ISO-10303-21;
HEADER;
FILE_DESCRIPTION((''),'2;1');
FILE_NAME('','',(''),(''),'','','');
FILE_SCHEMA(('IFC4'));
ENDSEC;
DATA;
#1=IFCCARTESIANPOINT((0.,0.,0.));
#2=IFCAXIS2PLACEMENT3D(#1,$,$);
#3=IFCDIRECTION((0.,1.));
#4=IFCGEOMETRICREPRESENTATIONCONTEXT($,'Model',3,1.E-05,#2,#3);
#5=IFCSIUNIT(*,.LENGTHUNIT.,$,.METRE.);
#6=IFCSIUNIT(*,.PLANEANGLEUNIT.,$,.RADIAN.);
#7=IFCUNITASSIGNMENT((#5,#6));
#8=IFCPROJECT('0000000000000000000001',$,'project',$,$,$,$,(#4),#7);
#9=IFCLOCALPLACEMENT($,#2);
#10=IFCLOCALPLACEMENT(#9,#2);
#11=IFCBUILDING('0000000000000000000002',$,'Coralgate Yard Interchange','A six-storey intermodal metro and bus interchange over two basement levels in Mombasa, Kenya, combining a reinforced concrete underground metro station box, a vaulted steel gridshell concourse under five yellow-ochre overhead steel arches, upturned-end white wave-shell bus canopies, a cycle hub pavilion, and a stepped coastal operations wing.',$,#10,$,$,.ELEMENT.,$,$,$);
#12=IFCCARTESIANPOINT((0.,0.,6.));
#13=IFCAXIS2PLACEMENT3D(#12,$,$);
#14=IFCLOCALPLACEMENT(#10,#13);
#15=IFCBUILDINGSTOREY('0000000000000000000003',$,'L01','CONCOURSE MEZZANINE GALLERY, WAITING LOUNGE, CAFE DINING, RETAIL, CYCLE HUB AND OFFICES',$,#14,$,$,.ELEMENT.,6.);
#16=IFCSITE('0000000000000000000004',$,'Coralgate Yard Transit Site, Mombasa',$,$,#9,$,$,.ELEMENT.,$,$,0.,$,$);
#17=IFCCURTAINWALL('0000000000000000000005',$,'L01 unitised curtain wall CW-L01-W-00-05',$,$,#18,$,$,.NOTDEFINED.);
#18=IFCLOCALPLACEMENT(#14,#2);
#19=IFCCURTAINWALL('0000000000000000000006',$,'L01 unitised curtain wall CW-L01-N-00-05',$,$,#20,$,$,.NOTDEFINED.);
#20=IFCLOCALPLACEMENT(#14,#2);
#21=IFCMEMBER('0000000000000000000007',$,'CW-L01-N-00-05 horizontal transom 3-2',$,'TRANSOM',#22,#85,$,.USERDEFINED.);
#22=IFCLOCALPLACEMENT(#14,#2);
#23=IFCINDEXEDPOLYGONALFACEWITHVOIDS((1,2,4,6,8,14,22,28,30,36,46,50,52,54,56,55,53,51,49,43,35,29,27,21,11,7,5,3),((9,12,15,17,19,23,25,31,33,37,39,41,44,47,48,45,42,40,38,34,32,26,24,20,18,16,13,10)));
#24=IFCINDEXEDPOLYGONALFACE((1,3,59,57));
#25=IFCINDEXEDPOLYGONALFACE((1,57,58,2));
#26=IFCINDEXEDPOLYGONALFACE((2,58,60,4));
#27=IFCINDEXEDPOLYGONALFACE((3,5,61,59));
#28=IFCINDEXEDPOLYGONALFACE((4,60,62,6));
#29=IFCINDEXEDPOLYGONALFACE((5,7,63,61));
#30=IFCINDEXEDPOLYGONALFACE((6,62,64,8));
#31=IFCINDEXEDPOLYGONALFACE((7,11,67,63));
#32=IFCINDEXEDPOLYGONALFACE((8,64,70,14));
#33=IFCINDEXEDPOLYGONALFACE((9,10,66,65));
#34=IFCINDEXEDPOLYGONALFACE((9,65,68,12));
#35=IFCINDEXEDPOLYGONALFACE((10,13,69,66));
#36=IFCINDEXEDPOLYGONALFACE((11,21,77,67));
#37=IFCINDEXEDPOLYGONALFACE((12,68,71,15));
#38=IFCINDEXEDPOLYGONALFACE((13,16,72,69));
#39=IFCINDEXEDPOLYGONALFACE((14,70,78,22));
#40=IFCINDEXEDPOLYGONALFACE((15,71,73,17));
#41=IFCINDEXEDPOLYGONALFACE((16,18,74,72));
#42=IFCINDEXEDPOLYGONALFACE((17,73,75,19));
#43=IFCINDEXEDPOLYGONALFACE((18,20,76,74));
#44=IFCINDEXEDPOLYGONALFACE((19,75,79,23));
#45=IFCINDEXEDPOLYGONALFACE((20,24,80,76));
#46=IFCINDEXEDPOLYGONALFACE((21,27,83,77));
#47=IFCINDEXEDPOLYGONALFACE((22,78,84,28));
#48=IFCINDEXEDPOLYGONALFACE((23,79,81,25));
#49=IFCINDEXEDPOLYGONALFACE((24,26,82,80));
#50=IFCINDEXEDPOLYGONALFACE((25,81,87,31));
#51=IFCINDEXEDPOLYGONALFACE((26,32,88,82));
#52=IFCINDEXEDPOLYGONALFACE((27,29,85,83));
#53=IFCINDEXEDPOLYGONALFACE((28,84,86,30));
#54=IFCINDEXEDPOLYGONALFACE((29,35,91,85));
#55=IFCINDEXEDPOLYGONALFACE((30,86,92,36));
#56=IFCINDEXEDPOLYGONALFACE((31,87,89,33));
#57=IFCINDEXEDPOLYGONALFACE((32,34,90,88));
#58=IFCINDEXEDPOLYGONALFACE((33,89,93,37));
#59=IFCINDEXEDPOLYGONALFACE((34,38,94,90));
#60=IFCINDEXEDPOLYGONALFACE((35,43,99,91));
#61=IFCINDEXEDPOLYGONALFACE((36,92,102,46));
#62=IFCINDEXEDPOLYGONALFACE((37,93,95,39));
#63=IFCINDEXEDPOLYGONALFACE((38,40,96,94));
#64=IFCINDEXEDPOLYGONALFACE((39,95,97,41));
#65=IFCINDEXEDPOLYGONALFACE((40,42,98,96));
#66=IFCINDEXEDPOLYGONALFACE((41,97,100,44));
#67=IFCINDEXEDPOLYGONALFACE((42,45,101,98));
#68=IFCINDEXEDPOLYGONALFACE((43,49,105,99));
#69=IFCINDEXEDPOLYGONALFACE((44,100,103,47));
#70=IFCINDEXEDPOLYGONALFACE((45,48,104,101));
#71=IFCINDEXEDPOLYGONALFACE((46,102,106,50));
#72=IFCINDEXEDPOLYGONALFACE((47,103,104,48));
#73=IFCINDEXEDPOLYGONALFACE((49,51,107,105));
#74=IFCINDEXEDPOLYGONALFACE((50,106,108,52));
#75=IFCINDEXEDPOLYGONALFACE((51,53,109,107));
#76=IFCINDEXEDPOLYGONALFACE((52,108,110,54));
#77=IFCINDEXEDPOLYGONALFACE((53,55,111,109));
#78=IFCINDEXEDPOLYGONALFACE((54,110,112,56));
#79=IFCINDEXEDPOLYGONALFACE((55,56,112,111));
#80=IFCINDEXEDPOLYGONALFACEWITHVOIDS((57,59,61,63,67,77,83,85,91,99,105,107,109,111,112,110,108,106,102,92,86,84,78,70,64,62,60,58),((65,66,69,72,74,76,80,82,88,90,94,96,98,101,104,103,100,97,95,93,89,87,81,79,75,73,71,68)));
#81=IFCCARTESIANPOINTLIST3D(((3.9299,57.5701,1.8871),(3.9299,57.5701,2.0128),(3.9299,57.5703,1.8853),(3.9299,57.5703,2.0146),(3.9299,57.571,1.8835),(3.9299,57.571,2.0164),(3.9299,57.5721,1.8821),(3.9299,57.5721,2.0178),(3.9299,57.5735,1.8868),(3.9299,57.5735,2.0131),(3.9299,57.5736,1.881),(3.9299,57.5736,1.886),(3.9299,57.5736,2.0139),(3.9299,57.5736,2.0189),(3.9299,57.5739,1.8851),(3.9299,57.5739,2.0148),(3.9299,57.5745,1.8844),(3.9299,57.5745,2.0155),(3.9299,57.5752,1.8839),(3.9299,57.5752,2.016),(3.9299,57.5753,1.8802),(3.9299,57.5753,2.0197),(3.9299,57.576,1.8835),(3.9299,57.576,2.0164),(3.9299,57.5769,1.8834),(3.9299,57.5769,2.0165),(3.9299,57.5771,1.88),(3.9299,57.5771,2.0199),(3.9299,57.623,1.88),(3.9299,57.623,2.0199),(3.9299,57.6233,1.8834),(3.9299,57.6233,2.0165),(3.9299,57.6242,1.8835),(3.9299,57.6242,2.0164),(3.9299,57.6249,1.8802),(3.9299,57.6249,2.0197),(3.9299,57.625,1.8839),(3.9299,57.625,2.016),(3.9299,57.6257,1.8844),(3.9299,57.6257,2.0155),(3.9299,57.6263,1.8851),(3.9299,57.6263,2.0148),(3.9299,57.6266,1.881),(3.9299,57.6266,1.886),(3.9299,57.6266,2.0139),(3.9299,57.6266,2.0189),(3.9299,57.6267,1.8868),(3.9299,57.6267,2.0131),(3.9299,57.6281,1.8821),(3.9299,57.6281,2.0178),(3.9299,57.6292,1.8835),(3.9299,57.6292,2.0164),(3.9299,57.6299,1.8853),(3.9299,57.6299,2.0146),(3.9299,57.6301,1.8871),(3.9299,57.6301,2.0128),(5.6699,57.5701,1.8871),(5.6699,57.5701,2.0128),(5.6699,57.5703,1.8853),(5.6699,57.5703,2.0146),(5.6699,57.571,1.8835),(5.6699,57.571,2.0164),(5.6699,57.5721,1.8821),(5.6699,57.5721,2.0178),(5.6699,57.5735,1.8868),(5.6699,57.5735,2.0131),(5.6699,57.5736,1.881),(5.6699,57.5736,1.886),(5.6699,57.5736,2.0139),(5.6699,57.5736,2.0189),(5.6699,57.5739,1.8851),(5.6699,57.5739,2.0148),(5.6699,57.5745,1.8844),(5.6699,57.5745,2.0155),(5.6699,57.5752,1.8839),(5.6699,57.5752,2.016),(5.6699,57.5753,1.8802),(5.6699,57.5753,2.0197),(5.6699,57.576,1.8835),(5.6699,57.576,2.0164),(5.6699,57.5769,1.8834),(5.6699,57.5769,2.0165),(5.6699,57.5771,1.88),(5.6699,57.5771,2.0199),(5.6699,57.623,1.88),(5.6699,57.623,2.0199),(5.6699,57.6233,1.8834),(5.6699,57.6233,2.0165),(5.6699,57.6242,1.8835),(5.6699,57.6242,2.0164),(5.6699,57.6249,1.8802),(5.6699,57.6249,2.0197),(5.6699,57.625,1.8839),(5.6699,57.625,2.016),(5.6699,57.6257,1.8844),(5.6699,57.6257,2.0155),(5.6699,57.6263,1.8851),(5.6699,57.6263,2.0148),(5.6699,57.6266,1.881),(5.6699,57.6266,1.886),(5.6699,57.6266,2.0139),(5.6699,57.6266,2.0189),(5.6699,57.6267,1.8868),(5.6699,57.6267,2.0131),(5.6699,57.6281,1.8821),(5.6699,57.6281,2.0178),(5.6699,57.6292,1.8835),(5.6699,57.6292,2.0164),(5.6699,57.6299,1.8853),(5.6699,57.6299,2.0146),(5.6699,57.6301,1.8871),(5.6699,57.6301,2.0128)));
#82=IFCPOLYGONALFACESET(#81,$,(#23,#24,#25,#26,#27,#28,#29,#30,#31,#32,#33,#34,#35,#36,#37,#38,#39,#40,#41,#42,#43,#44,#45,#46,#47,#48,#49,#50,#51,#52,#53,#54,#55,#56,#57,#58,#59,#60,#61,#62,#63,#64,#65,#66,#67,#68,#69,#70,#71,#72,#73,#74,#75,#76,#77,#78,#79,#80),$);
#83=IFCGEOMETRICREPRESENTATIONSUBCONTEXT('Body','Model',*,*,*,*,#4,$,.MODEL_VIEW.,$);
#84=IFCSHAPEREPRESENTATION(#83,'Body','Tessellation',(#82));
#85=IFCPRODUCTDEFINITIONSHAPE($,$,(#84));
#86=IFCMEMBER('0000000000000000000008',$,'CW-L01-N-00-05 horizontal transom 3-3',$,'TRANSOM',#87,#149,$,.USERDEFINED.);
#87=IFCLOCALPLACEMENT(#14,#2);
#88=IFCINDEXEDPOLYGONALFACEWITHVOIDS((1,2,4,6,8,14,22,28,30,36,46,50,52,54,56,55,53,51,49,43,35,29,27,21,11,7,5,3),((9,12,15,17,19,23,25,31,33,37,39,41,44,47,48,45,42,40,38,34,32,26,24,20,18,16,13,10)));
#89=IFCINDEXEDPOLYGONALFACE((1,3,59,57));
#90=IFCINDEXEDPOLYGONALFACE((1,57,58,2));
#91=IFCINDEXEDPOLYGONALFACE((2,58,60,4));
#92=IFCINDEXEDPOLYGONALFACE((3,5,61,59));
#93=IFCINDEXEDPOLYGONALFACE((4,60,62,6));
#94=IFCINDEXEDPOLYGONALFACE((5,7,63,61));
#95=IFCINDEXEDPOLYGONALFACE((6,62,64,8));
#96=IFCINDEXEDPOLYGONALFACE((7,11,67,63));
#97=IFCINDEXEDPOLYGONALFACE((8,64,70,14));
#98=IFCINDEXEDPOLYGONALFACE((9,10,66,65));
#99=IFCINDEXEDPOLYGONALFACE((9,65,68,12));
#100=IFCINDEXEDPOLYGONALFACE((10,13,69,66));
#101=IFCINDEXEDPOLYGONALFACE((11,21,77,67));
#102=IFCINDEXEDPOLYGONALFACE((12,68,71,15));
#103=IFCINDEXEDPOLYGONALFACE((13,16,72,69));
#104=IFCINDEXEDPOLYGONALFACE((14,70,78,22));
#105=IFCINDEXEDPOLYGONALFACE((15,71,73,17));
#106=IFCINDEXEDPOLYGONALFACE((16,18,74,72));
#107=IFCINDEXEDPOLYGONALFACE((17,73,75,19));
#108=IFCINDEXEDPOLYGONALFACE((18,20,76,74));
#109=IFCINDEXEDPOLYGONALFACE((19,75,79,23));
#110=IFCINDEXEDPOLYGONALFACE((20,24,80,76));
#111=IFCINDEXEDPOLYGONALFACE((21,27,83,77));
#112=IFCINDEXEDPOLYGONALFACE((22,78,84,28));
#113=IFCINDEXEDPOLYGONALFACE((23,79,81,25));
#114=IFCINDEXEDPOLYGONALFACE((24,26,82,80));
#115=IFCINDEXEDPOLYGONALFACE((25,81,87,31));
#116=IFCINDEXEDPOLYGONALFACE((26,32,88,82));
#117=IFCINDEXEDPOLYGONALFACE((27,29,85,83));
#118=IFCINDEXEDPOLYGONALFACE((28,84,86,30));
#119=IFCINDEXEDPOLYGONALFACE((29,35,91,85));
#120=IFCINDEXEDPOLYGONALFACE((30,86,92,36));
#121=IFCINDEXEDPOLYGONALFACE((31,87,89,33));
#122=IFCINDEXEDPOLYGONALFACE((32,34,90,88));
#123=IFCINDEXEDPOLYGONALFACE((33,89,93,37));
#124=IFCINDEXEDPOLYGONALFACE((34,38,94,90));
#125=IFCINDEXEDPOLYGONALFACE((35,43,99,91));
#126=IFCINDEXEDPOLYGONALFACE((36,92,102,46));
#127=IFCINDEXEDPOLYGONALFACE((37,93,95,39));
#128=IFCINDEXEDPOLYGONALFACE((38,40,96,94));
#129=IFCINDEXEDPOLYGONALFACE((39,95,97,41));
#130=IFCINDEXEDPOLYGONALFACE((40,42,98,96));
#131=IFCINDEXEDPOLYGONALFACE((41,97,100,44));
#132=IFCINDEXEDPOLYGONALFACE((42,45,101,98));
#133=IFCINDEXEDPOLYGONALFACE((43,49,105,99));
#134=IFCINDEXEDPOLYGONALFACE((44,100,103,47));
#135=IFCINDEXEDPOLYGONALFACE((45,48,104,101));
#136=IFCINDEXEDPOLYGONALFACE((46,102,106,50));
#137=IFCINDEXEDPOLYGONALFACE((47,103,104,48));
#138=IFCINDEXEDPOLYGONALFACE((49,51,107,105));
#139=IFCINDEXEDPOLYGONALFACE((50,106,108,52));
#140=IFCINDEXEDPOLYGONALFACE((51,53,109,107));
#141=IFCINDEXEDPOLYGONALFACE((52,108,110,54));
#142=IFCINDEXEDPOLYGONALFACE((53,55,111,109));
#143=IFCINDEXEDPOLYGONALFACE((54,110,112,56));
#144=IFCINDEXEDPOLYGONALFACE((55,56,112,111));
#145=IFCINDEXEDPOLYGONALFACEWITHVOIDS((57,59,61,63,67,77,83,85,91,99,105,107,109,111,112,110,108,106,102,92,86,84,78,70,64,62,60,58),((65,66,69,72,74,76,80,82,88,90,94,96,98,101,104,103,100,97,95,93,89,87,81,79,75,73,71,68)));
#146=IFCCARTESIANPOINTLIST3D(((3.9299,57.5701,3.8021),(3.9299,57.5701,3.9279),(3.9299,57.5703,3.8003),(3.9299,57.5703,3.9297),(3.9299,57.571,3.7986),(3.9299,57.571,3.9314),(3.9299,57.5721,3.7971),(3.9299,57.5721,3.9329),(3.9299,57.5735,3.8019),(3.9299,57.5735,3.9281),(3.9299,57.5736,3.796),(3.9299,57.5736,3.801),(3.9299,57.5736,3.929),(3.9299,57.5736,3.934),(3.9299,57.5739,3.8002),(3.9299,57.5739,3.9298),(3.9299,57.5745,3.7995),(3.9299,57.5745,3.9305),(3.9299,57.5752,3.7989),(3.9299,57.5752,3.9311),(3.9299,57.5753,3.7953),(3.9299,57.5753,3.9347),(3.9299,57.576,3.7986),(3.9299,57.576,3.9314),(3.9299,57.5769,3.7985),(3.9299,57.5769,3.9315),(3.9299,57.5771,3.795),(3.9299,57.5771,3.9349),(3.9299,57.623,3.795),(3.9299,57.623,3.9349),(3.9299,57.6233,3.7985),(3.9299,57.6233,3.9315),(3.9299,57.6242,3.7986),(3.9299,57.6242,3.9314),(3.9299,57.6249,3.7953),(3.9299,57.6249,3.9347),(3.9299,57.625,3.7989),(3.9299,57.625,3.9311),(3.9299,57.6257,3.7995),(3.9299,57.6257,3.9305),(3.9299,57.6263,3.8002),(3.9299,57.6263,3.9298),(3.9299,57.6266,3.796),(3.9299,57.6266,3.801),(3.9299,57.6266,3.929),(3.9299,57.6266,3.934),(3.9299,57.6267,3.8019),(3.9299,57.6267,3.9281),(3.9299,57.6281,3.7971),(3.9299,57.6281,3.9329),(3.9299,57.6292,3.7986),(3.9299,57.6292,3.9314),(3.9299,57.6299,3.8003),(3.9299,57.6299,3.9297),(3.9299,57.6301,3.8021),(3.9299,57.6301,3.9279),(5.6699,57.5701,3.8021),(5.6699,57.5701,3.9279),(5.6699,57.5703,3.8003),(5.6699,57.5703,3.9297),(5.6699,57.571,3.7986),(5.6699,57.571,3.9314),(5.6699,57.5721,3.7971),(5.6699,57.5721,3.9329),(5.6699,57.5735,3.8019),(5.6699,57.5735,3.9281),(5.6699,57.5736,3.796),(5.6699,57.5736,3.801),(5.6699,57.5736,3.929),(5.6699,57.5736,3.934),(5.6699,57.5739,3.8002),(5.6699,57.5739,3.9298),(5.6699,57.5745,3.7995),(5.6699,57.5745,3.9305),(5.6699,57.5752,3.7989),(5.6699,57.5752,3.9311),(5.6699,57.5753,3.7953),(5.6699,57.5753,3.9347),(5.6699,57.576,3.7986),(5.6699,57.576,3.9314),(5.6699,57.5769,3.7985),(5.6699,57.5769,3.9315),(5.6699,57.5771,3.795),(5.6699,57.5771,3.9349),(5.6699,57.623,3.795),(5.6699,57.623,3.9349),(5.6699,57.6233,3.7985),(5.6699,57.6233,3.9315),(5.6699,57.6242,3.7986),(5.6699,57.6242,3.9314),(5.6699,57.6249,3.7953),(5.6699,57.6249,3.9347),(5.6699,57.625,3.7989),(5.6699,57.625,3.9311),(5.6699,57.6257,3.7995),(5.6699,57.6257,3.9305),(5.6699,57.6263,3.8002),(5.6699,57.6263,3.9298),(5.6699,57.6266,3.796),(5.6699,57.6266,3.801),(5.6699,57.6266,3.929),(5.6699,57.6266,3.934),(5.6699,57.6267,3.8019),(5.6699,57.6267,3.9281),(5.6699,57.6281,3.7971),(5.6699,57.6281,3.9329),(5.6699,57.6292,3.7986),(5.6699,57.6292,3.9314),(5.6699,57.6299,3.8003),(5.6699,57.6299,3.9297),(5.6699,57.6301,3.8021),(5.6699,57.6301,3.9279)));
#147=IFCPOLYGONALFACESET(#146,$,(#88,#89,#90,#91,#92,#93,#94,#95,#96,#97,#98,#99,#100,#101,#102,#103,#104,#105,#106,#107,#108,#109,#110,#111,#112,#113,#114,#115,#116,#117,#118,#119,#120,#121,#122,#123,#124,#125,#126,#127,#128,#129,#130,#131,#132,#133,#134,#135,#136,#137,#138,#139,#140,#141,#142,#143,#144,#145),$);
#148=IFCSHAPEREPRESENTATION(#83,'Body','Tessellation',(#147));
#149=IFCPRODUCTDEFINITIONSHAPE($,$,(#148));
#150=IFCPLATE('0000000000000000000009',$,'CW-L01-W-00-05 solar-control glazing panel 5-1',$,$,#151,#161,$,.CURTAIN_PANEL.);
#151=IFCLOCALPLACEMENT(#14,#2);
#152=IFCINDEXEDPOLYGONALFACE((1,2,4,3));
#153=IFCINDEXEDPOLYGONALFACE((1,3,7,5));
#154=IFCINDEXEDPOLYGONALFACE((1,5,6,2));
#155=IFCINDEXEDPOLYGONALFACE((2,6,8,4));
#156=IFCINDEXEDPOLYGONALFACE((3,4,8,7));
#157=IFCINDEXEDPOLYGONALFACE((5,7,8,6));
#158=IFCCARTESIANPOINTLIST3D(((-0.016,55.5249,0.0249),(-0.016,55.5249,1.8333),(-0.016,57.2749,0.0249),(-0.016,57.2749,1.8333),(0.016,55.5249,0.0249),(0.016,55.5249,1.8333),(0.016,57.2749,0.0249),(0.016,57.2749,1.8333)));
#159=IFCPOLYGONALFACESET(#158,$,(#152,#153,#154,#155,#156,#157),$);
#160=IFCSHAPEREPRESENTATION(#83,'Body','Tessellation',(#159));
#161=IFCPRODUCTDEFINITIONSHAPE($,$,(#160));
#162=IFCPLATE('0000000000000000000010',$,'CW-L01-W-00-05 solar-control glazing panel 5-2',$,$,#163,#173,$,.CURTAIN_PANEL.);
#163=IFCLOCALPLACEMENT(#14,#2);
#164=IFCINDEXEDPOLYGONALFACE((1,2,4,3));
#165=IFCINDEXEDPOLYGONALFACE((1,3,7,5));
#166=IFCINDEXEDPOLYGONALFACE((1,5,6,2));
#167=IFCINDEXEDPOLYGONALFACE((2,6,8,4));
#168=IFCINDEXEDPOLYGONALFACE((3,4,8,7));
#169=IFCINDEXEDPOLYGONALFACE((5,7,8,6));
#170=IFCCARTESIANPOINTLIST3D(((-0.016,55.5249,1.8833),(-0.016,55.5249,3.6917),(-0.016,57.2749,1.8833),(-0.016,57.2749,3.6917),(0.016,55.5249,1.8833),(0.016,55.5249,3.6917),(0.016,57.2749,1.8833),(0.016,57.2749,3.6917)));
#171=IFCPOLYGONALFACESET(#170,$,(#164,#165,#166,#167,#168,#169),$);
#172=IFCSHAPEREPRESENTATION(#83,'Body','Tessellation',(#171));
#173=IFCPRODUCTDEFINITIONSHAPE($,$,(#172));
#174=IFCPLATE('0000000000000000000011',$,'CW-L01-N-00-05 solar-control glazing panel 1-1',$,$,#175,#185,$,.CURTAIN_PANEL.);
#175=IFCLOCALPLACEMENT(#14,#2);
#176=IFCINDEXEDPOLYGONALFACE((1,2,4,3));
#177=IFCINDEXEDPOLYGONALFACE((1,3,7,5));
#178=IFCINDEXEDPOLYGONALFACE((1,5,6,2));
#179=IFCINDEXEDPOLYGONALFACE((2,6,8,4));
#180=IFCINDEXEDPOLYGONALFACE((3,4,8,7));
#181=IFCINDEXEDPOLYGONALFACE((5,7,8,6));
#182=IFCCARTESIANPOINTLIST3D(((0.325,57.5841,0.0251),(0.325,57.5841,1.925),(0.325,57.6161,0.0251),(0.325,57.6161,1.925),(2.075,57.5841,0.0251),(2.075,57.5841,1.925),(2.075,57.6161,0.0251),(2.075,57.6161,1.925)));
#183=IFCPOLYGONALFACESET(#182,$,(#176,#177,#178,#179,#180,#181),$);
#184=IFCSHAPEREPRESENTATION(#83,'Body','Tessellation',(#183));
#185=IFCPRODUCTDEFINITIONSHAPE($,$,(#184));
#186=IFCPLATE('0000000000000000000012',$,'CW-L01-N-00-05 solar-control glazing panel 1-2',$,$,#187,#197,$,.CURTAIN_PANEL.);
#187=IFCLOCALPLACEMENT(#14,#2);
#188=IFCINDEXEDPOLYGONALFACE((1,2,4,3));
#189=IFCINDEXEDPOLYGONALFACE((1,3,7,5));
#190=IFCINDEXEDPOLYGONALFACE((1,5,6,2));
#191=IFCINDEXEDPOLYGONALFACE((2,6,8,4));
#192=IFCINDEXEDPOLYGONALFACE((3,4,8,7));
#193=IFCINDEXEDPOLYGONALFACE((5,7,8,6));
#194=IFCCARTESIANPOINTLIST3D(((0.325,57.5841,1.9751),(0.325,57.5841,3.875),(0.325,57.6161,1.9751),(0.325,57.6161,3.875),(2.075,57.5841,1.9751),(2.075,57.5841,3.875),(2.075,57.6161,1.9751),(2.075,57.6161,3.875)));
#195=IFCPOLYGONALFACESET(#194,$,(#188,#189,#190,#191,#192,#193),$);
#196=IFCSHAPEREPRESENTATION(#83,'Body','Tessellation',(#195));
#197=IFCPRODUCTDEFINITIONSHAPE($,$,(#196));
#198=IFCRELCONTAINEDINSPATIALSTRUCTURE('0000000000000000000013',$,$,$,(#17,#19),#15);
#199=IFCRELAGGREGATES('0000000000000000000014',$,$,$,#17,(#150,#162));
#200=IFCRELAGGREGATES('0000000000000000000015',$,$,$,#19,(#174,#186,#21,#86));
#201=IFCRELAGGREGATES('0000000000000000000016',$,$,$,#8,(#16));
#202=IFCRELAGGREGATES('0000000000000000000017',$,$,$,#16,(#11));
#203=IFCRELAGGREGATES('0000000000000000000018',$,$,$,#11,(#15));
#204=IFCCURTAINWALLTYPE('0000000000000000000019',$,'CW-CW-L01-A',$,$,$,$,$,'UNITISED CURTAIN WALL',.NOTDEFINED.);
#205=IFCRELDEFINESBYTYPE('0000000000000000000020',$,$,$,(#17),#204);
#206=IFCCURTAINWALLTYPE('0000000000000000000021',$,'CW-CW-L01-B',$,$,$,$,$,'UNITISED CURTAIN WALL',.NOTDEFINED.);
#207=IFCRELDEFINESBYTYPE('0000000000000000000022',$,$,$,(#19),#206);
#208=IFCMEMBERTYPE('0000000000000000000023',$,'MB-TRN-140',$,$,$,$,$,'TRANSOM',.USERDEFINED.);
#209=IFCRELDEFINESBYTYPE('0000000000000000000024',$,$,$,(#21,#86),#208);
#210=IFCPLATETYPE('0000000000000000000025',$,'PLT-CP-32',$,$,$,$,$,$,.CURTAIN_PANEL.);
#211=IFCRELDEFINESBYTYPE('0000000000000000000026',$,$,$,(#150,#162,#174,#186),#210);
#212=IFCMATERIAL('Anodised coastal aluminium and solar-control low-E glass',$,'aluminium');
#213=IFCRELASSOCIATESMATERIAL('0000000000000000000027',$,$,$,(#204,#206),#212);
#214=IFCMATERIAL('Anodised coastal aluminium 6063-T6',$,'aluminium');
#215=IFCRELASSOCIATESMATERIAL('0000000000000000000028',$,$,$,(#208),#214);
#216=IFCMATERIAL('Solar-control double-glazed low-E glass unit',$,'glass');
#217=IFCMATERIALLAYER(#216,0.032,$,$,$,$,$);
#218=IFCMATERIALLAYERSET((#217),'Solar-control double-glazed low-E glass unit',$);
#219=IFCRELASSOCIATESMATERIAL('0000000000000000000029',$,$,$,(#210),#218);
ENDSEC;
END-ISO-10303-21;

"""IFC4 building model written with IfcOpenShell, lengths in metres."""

from ifc_helpers import new_model, si_unit, direction, frame, origin, origin_2d, place, context, subcontext, project, spatial, rectangle, hollow_rectangle, extrude, material, layer, layer_set, material_profile, profile_set, type_object, element, aggregate, save


model = new_model("IFC4")

# Units and contexts
model_context = context("Model", 3, precision=1e-05, world=origin(), true_north=direction((0.0, 1.0)))
body_context = subcontext(model_context, "Body", "Model", "MODEL_VIEW")
ifc_project = project(units=[si_unit("LENGTHUNIT", "METRE"), si_unit("PLANEANGLEUNIT", "RADIAN")], contexts=[model_context])

# Site, building, storey
site_placement = place(None, origin())
site = spatial("IfcSite", under=ifc_project, at=site_placement, Name="Coralgate Yard Transit Site, Mombasa", CompositionType="ELEMENT", RefElevation=0.0)
building_placement = place(site_placement, origin())
building = spatial("IfcBuilding", under=site, at=building_placement, Name="Coralgate Yard Interchange", Description="A six-storey intermodal metro and bus interchange over two basement levels in Mombasa, Kenya, combining a reinforced concrete underground metro station box, a vaulted steel gridshell concourse under five yellow-ochre overhead steel arches, upturned-end white wave-shell bus canopies, a cycle hub pavilion, and a stepped coastal operations wing.", CompositionType="ELEMENT")
storey_placement = place(building_placement, frame((0.0, 0.0, 6.0)))
storey = spatial("IfcBuildingStorey", under=building, at=storey_placement, Name="L01", Description="CONCOURSE MEZZANINE GALLERY, WAITING LOUNGE, CAFE DINING, RETAIL, CYCLE HUB AND OFFICES", CompositionType="ELEMENT", Elevation=6.0)

# Curtain walls
ifc_material_1 = material(Name="Anodised coastal aluminium and solar-control low-E glass", Category="aluminium")
curtain_wall_type_1 = type_object("IfcCurtainWallType", Name="CW-CW-L01-A", ElementType="UNITISED CURTAIN WALL", PredefinedType="NOTDEFINED", material=ifc_material_1)
curtain_wall_1_placement = place(storey_placement, origin())
curtain_wall_1 = element("IfcCurtainWall", 1, at=curtain_wall_1_placement, inside=storey, type_object=curtain_wall_type_1, Name="L01 unitised curtain wall CW-L01-W-00-05", PredefinedType="NOTDEFINED")
ifc_material_2 = material(Name="Anodised coastal aluminium 6063-T6", Category="aluminium")
curtain_wall_type_2 = type_object("IfcCurtainWallType", Name="CW-CW-L01-B", ElementType="UNITISED CURTAIN WALL", PredefinedType="NOTDEFINED", material=ifc_material_1)
curtain_wall_2_placement = place(storey_placement, origin())
curtain_wall_2 = element("IfcCurtainWall", 2, at=curtain_wall_2_placement, inside=storey, type_object=curtain_wall_type_2, Name="L01 unitised curtain wall CW-L01-N-00-05", PredefinedType="NOTDEFINED")

# Members
ifc_material_profile_1 = material_profile(ifc_material_2, hollow_rectangle(XDim=0.0601, YDim=0.1399, WallThickness=0.0034, InnerFilletRadius=0.0034, OuterFilletRadius=0.0071, at=origin_2d()), Name="ALU 60x140x3.5")
ifc_profile_set_1 = profile_set([ifc_material_profile_1], Name="Anodised coastal aluminium 6063-T6")
member_type_1 = type_object("IfcMemberType", Name="MB-TRN-140", ElementType="TRANSOM", PredefinedType="USERDEFINED", material=ifc_profile_set_1)
member_1_placement = place(storey_placement, frame((3.9299, 57.6001, 1.95), z_axis=(1.0, 0.0, 0.0), x_axis=(0.0, 1.0, 0.0)))
member_1 = element("IfcMember", 3, at=member_1_placement, type_object=member_type_1, Name="CW-L01-N-00-05 horizontal transom 3-2", ObjectType="TRANSOM", PredefinedType="USERDEFINED", context=body_context, shape_type="SweptSolid", body=[
    extrude(hollow_rectangle(XDim=0.0601, YDim=0.1399, WallThickness=0.0034, InnerFilletRadius=0.0034, OuterFilletRadius=0.0071, at=origin_2d()), origin(), (0.0, 0.0, 1.0), 1.74),
])
member_2_placement = place(storey_placement, frame((3.9299, 57.6001, 3.865), z_axis=(1.0, 0.0, 0.0), x_axis=(0.0, 1.0, 0.0)))
member_2 = element("IfcMember", 4, at=member_2_placement, type_object=member_type_1, Name="CW-L01-N-00-05 horizontal transom 3-3", ObjectType="TRANSOM", PredefinedType="USERDEFINED", context=body_context, shape_type="SweptSolid", body=[
    extrude(hollow_rectangle(XDim=0.0601, YDim=0.1399, WallThickness=0.0034, InnerFilletRadius=0.0034, OuterFilletRadius=0.0071, at=origin_2d()), origin(), (0.0, 0.0, 1.0), 1.74),
])

# Plates
ifc_material_3 = material(Name="Solar-control double-glazed low-E glass unit", Category="glass")
ifc_layer_1 = layer(ifc_material_3, 0.032)
ifc_layer_set_1 = layer_set([ifc_layer_1], Name="Solar-control double-glazed low-E glass unit")
plate_type = type_object("IfcPlateType", Name="PLT-CP-32", PredefinedType="CURTAIN_PANEL", material=ifc_layer_set_1)
plate_1_placement = place(storey_placement, frame((0.0, 56.3999, 0.0249), z_axis=(0.0, 0.0, 1.0), x_axis=(0.0, 1.0, 0.0)))
plate_1 = element("IfcPlate", 5, at=plate_1_placement, type_object=plate_type, Name="CW-L01-W-00-05 solar-control glazing panel 5-1", PredefinedType="CURTAIN_PANEL", context=body_context, shape_type="SweptSolid", body=[
    extrude(rectangle(XDim=1.75, YDim=0.032, at=origin_2d()), origin(), (0.0, 0.0, 1.0), 1.8083),
])
plate_2_placement = place(storey_placement, frame((0.0, 56.3999, 1.8833), z_axis=(0.0, 0.0, 1.0), x_axis=(0.0, 1.0, 0.0)))
plate_2 = element("IfcPlate", 6, at=plate_2_placement, type_object=plate_type, Name="CW-L01-W-00-05 solar-control glazing panel 5-2", PredefinedType="CURTAIN_PANEL", context=body_context, shape_type="SweptSolid", body=[
    extrude(rectangle(XDim=1.75, YDim=0.032, at=origin_2d()), origin(), (0.0, 0.0, 1.0), 1.8083),
])
aggregate(curtain_wall_1, [plate_1, plate_2])
plate_3_placement = place(storey_placement, frame((1.2, 57.6001, 0.0251), z_axis=(0.0, 0.0, 1.0), x_axis=(1.0, 0.0, 0.0)))
plate_3 = element("IfcPlate", 7, at=plate_3_placement, type_object=plate_type, Name="CW-L01-N-00-05 solar-control glazing panel 1-1", PredefinedType="CURTAIN_PANEL", context=body_context, shape_type="SweptSolid", body=[
    extrude(rectangle(XDim=1.75, YDim=0.032, at=origin_2d()), origin(), (0.0, 0.0, 1.0), 1.8999),
])
plate_4_placement = place(storey_placement, frame((1.2, 57.6001, 1.9751), z_axis=(0.0, 0.0, 1.0), x_axis=(1.0, 0.0, 0.0)))
plate_4 = element("IfcPlate", 8, at=plate_4_placement, type_object=plate_type, Name="CW-L01-N-00-05 solar-control glazing panel 1-2", PredefinedType="CURTAIN_PANEL", context=body_context, shape_type="SweptSolid", body=[
    extrude(rectangle(XDim=1.75, YDim=0.032, at=origin_2d()), origin(), (0.0, 0.0, 1.0), 1.8999),
])
aggregate(curtain_wall_2, [plate_3, plate_4, member_1, member_2])

save(model, "model.ifc")
